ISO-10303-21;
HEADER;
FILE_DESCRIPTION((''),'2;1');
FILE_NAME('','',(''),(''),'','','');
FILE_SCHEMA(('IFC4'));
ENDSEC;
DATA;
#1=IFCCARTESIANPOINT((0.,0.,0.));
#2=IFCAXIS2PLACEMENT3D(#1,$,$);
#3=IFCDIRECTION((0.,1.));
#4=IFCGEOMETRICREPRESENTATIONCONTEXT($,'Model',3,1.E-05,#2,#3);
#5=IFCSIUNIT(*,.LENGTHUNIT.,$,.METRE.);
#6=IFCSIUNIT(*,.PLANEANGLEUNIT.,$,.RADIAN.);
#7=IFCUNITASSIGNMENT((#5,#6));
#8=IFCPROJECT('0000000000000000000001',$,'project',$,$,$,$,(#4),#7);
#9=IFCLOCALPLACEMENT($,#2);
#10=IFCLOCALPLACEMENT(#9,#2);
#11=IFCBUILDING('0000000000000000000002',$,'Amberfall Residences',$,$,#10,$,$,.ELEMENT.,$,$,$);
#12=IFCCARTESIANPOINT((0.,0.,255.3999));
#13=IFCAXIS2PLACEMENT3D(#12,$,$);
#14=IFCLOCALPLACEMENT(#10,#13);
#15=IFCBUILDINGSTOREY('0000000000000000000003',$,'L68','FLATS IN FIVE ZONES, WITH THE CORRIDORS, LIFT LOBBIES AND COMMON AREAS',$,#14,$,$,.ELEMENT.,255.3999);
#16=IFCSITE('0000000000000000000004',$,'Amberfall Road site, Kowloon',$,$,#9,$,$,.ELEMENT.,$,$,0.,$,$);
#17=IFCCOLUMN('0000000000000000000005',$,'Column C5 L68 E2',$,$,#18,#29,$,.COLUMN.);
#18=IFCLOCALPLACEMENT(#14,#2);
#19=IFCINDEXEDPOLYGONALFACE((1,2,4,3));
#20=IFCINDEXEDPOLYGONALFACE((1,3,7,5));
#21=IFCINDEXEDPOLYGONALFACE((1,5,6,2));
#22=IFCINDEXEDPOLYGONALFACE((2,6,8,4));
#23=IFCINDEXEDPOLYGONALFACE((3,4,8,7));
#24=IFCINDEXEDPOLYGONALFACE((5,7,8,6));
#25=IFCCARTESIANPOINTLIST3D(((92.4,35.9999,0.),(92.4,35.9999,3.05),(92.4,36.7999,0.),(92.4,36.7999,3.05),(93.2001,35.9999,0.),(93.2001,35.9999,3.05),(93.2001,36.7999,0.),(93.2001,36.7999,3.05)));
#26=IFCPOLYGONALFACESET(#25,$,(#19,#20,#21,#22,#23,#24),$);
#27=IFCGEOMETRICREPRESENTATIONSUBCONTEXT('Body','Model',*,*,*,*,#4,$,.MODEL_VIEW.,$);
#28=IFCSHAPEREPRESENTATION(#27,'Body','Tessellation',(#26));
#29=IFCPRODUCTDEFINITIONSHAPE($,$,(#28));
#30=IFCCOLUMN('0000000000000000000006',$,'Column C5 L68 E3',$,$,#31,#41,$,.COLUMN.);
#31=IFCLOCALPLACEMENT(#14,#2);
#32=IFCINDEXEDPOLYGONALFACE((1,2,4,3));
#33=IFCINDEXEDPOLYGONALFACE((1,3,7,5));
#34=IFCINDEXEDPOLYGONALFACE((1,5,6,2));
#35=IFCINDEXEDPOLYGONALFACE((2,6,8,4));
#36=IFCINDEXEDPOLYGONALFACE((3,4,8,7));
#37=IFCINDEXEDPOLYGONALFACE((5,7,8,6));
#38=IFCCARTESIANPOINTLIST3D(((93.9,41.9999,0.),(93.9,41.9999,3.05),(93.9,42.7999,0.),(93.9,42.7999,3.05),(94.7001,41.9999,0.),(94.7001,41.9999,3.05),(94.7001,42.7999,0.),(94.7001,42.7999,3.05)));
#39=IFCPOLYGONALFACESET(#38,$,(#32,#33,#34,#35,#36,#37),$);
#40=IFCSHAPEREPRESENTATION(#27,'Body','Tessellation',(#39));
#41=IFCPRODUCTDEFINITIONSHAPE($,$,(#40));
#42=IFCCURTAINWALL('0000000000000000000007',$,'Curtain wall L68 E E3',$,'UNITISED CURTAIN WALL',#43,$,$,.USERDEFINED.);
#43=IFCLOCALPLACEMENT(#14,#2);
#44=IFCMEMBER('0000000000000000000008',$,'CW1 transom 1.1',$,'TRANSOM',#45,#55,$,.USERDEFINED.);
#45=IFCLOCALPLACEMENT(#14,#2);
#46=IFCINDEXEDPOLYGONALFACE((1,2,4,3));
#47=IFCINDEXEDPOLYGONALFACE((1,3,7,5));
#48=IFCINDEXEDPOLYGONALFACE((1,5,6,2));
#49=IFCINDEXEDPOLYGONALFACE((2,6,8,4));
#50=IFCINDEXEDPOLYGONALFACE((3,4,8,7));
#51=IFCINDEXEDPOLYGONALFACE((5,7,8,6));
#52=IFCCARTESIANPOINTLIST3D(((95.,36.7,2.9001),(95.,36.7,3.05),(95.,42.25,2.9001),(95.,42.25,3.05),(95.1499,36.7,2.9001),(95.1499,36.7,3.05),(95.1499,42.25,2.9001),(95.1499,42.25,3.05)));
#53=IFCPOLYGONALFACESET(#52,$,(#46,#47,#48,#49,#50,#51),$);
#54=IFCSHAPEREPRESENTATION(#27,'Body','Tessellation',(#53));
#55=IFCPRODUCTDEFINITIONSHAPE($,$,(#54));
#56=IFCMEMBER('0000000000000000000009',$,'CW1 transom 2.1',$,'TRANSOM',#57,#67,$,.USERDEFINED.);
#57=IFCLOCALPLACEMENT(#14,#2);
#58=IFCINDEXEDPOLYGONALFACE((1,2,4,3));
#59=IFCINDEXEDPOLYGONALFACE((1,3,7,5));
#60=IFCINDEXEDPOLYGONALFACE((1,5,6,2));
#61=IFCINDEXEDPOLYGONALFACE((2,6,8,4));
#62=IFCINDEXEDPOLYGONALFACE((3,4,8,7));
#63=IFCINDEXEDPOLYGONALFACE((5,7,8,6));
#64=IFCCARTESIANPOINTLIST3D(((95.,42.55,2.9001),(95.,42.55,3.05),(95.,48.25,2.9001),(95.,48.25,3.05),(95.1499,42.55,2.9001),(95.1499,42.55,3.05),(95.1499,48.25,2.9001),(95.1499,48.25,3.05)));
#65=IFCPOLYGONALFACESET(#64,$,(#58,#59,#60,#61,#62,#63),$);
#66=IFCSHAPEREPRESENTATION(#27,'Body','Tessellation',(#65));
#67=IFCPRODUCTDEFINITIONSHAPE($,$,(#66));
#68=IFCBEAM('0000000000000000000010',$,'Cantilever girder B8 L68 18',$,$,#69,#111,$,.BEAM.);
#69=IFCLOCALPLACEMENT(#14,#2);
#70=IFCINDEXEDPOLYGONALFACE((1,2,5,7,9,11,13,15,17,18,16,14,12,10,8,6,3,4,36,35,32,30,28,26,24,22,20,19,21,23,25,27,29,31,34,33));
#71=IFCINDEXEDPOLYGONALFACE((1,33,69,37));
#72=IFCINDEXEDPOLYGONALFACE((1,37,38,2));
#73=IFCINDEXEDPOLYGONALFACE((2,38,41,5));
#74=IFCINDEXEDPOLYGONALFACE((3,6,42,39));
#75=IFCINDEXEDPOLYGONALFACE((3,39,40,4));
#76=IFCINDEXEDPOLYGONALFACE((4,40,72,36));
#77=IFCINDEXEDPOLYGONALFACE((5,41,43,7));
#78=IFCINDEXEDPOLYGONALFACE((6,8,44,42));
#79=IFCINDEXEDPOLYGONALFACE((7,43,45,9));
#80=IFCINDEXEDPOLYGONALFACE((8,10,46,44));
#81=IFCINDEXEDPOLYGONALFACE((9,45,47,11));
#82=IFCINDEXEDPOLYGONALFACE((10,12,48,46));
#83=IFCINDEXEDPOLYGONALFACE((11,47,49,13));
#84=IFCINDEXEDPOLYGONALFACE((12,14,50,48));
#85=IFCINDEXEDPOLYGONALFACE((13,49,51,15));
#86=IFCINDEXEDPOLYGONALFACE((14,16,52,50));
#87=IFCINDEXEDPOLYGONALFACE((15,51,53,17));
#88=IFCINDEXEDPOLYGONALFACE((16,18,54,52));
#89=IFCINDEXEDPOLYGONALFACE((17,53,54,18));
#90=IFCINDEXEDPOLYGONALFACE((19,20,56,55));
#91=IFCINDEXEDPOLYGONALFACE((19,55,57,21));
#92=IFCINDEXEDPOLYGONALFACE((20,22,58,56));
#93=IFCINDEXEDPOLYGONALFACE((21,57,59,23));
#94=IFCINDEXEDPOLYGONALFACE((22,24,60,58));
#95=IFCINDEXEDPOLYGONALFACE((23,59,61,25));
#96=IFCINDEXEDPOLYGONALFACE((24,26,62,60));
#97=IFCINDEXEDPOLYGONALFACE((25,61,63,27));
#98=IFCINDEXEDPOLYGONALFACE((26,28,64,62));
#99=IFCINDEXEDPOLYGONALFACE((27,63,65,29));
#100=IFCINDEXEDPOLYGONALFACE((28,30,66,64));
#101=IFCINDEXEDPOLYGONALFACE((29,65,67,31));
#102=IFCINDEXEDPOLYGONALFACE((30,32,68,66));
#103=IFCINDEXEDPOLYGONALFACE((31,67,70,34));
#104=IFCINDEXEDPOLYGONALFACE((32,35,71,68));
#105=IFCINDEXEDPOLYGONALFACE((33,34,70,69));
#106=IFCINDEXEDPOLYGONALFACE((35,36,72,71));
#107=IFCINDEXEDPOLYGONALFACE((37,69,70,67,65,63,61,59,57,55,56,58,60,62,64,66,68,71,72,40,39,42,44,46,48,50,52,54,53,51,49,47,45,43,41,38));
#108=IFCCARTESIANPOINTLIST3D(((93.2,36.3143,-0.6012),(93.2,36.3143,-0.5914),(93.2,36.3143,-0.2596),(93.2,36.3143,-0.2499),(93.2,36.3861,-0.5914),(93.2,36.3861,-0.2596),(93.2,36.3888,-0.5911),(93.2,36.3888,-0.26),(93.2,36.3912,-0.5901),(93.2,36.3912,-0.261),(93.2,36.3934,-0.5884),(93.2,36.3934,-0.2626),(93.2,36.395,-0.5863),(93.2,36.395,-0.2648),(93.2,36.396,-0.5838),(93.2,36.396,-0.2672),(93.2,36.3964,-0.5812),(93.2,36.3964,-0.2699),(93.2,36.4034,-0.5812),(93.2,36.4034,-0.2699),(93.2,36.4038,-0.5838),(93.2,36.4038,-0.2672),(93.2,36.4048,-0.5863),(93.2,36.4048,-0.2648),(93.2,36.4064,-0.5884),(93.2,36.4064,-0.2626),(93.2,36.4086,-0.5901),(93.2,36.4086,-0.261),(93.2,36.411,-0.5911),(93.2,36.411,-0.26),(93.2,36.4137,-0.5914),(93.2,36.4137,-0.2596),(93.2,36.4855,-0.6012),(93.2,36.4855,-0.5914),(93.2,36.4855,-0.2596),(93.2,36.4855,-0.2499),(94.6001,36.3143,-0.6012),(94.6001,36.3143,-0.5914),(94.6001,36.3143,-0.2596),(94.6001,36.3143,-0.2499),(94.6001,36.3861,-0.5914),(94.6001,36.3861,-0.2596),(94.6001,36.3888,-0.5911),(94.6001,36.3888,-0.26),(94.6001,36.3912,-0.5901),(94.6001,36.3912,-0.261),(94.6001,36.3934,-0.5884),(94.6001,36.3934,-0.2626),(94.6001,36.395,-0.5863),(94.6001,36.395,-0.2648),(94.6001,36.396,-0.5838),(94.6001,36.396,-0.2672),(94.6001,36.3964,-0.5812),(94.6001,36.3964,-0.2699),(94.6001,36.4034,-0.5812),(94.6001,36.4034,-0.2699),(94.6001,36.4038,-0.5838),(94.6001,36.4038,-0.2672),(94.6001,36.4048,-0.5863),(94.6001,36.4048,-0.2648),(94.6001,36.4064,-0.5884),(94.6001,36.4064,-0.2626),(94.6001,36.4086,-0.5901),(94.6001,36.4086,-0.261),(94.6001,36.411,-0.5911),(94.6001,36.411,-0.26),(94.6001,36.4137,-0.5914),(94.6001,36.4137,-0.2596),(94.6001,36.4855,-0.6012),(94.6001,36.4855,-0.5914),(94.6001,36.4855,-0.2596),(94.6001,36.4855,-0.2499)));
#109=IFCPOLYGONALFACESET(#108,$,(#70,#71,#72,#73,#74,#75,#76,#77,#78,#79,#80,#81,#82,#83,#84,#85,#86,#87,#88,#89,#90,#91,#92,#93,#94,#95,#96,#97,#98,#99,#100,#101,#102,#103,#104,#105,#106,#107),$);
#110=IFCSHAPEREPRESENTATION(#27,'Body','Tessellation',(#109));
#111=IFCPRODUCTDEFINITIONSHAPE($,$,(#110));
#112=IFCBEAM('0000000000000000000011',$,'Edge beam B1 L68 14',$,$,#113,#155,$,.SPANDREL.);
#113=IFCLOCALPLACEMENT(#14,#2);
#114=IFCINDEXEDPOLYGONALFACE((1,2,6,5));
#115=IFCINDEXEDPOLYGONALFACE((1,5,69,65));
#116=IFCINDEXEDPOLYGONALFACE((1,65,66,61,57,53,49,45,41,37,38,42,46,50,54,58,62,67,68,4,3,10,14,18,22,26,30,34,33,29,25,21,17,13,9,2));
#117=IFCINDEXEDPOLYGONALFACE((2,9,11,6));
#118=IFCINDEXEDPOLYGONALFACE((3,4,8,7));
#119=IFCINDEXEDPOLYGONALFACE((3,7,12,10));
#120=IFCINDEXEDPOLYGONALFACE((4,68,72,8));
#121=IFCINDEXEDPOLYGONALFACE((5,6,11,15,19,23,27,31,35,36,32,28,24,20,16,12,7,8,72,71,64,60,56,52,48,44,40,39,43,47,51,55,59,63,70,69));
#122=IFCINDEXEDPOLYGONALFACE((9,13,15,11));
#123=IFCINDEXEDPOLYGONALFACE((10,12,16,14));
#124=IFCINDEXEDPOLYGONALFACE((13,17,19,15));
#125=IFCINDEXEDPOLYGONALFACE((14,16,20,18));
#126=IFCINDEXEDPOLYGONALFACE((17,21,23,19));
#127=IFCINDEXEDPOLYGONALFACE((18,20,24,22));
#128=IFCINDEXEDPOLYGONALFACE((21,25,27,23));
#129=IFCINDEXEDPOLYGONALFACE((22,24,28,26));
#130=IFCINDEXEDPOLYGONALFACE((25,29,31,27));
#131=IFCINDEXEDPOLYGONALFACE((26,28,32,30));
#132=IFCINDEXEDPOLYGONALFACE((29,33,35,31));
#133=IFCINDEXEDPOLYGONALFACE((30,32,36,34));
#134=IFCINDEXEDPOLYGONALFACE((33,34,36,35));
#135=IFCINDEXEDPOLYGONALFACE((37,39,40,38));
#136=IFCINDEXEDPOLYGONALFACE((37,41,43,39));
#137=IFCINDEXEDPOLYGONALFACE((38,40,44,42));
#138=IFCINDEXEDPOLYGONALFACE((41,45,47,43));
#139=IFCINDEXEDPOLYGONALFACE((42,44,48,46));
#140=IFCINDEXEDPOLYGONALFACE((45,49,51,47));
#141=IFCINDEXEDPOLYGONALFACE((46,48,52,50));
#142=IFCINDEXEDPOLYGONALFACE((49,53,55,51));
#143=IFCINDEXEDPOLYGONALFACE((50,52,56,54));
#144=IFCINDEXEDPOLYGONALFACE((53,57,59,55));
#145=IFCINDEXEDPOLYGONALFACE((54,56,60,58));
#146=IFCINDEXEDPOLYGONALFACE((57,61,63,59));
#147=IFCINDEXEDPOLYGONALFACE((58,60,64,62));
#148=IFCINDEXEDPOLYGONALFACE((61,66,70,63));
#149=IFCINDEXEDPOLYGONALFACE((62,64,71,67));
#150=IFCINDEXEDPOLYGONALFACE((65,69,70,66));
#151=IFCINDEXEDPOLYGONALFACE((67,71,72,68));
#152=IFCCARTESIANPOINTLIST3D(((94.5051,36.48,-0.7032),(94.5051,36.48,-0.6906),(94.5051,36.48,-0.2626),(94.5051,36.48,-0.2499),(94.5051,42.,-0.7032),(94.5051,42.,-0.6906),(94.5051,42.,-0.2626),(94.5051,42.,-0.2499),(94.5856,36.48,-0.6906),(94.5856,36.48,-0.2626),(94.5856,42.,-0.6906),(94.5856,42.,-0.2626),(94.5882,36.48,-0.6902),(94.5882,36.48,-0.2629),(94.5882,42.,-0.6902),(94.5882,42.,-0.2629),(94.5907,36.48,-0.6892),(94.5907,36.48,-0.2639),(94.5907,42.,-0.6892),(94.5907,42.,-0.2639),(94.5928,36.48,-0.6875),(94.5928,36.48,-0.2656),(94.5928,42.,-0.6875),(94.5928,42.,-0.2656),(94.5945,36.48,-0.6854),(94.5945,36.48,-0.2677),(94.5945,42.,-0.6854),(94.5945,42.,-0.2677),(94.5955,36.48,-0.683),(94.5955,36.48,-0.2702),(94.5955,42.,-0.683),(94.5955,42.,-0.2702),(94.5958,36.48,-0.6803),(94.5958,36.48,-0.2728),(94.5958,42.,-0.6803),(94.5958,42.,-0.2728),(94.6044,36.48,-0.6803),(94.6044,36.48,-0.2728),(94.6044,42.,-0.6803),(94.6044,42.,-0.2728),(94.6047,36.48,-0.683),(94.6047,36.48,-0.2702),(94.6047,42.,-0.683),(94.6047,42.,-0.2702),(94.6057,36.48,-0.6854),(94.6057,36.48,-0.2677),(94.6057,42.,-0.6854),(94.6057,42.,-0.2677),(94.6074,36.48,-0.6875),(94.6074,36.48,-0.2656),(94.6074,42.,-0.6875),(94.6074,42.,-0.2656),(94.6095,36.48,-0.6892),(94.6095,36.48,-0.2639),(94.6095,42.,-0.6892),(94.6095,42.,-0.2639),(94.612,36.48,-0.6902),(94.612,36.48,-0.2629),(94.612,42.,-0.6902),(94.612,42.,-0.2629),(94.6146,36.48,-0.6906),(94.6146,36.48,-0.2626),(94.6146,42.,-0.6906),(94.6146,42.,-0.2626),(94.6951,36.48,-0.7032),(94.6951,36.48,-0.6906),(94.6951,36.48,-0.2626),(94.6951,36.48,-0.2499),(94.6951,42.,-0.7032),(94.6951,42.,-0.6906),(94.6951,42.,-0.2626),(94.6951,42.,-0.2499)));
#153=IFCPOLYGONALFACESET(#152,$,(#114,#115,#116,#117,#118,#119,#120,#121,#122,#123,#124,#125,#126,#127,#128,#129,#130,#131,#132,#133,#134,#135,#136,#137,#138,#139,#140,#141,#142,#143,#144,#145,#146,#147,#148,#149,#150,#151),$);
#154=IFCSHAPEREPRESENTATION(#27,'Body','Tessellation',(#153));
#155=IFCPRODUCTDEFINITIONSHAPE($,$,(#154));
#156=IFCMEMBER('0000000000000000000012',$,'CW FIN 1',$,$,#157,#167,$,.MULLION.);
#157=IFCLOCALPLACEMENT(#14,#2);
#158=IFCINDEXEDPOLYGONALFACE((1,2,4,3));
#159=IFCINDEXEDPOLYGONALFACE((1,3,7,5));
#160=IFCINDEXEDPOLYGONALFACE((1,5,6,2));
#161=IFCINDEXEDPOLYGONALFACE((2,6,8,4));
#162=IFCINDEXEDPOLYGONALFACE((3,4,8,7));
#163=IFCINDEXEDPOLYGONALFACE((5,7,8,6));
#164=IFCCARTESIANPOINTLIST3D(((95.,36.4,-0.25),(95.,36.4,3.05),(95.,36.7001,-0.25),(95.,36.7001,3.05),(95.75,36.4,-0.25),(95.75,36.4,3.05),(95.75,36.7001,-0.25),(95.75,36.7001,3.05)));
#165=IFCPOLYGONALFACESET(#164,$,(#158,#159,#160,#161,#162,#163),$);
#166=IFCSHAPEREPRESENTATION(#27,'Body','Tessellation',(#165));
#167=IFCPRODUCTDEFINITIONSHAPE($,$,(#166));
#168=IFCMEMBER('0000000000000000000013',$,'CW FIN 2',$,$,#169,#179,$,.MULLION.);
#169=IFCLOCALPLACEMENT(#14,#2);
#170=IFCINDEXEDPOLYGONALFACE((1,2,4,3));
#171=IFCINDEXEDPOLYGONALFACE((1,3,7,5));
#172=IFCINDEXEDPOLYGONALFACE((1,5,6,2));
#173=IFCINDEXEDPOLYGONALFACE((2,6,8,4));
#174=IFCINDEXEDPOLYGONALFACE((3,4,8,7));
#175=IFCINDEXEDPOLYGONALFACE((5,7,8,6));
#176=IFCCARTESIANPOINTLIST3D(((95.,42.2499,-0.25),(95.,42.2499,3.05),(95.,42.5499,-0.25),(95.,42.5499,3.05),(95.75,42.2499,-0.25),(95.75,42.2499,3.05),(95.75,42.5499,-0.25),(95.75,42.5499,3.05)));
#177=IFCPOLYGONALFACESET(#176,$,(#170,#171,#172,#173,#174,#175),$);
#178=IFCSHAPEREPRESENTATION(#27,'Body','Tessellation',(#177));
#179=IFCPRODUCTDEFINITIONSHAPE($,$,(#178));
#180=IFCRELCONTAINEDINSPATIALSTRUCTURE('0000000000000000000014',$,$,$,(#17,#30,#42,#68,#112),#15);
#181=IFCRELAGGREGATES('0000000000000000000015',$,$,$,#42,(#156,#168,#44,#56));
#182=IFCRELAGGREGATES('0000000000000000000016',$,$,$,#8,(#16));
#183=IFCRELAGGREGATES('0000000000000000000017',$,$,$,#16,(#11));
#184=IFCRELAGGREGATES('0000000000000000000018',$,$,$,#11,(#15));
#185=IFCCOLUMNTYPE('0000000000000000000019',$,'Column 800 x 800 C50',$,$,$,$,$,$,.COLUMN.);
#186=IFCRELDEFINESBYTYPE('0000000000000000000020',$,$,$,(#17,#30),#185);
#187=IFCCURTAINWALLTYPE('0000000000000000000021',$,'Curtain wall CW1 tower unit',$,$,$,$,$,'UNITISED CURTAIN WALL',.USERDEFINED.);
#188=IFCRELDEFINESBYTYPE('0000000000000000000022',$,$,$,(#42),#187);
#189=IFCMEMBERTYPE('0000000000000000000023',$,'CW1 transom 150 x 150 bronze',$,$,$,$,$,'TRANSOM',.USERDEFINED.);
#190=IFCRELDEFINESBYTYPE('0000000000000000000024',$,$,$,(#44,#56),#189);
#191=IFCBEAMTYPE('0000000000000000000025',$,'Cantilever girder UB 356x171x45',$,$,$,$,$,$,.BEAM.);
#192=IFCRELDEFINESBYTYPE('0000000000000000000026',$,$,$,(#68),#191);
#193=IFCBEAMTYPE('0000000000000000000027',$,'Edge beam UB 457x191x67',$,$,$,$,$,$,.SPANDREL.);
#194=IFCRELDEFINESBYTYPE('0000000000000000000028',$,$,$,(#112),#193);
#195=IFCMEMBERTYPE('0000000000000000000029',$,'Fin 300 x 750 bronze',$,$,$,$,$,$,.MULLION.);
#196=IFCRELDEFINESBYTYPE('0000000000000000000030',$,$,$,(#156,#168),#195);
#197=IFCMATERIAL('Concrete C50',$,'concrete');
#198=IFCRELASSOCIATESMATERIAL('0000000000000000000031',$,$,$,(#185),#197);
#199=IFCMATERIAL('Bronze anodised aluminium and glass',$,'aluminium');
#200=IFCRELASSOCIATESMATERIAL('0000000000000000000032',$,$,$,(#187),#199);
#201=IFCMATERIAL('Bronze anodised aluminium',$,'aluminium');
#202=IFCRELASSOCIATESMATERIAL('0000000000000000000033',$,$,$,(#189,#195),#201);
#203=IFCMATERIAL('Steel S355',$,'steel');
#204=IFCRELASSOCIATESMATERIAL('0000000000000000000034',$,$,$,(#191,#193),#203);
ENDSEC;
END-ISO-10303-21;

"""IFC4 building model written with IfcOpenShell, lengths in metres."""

from ifc_helpers import new_model, si_unit, direction, frame, origin, origin_2d, place, context, subcontext, project, spatial, rectangle, i_section, extrude, material, material_profile, profile_set, type_object, element, aggregate, save


model = new_model("IFC4")

# Units and contexts
model_context = context("Model", 3, precision=1e-05, world=origin(), true_north=direction((0.0, 1.0)))
body_context = subcontext(model_context, "Body", "Model", "MODEL_VIEW")
ifc_project = project(units=[si_unit("LENGTHUNIT", "METRE"), si_unit("PLANEANGLEUNIT", "RADIAN")], contexts=[model_context])

# Site, building, storey
site_placement = place(None, origin())
site = spatial("IfcSite", under=ifc_project, at=site_placement, Name="Amberfall Road site, Kowloon", CompositionType="ELEMENT", RefElevation=0.0)
building_placement = place(site_placement, origin())
building = spatial("IfcBuilding", under=site, at=building_placement, Name="Amberfall Residences", CompositionType="ELEMENT")
storey_placement = place(building_placement, frame((0.0, 0.0, 255.3999)))
storey = spatial("IfcBuildingStorey", under=building, at=storey_placement, Name="L68", Description="FLATS IN FIVE ZONES, WITH THE CORRIDORS, LIFT LOBBIES AND COMMON AREAS", CompositionType="ELEMENT", Elevation=255.3999)

# Columns
ifc_material_1 = material(Name="Concrete C50", Category="concrete")
ifc_material_profile_1 = material_profile(ifc_material_1, rectangle(XDim=0.8, YDim=0.8, at=origin_2d()), Name="Column 800 x 800 C50")
ifc_profile_set_1 = profile_set([ifc_material_profile_1], Name="Concrete C50")
column_type = type_object("IfcColumnType", Name="Column 800 x 800 C50", PredefinedType="COLUMN", material=ifc_profile_set_1)
for number, where, z_axis, x_axis, name in (
    (1, (92.8, 36.3999, 0.0), (0.0, 0.0, 1.0), (1.0, 0.0, 0.0), "Column C5 L68 E2"),
    (2, (94.3, 42.3999, 0.0), (0.0, 0.0, 1.0), (1.0, 0.0, 0.0), "Column C5 L68 E3"),
):
    element("IfcColumn", number, at=place(storey_placement, frame(where, z_axis=z_axis, x_axis=x_axis)), inside=storey, type_object=column_type, Name=name, PredefinedType="COLUMN", context=body_context, shape_type="SweptSolid", body=[
        extrude(rectangle(XDim=0.8, YDim=0.8, at=origin_2d()), origin(), (0.0, 0.0, 1.0), 3.05),
    ])

# Curtain wall, members
ifc_material_2 = material(Name="Bronze anodised aluminium and glass", Category="aluminium")
curtain_wall_type = type_object("IfcCurtainWallType", Name="Curtain wall CW1 tower unit", ElementType="UNITISED CURTAIN WALL", PredefinedType="USERDEFINED", material=ifc_material_2)
curtain_wall_placement = place(storey_placement, origin())
curtain_wall = element("IfcCurtainWall", 3, at=curtain_wall_placement, inside=storey, type_object=curtain_wall_type, Name="Curtain wall L68 E E3", ObjectType="UNITISED CURTAIN WALL", PredefinedType="USERDEFINED")
ifc_material_3 = material(Name="Bronze anodised aluminium", Category="aluminium")
ifc_material_profile_2 = material_profile(ifc_material_3, rectangle(XDim=0.1499, YDim=0.1499, at=origin_2d()), Name="CW1 transom 150 x 150 bronze")
ifc_profile_set_2 = profile_set([ifc_material_profile_2], Name="Bronze anodised aluminium")
member_type_1 = type_object("IfcMemberType", Name="CW1 transom 150 x 150 bronze", ElementType="TRANSOM", PredefinedType="USERDEFINED", material=ifc_profile_set_2)
member_1_placement = place(storey_placement, frame((95.075, 36.7, 2.9751), z_axis=(0.0, 1.0, 0.0), x_axis=(-1.0, 0.0, 0.0)))
member_1 = element("IfcMember", 4, at=member_1_placement, type_object=member_type_1, Name="CW1 transom 1.1", ObjectType="TRANSOM", PredefinedType="USERDEFINED", context=body_context, shape_type="SweptSolid", body=[
    extrude(rectangle(XDim=0.1499, YDim=0.1499, at=origin_2d()), origin(), (0.0, 0.0, 1.0), 5.55),
])
member_2_placement = place(storey_placement, frame((95.075, 42.55, 2.9751), z_axis=(0.0, 1.0, 0.0), x_axis=(-1.0, 0.0, 0.0)))
member_2 = element("IfcMember", 5, at=member_2_placement, type_object=member_type_1, Name="CW1 transom 2.1", ObjectType="TRANSOM", PredefinedType="USERDEFINED", context=body_context, shape_type="SweptSolid", body=[
    extrude(rectangle(XDim=0.1499, YDim=0.1499, at=origin_2d()), origin(), (0.0, 0.0, 1.0), 5.7),
])

# Beams
ifc_material_4 = material(Name="Steel S355", Category="steel")
ifc_material_profile_3 = material_profile(ifc_material_4, i_section(OverallWidth=0.1711, OverallDepth=0.3513, WebThickness=0.0071, FlangeThickness=0.0098, FilletRadius=0.0103, at=origin_2d()), Name="UB 356x171x45")
ifc_profile_set_3 = profile_set([ifc_material_profile_3], Name="Steel S355")
beam_type_1 = type_object("IfcBeamType", Name="Cantilever girder UB 356x171x45", PredefinedType="BEAM", material=ifc_profile_set_3)
beam_1_placement = place(storey_placement, frame((93.2, 36.3999, -0.4255), z_axis=(1.0, 0.0, 0.0), x_axis=(0.0, 1.0, 0.0)))
element("IfcBeam", 6, at=beam_1_placement, inside=storey, type_object=beam_type_1, Name="Cantilever girder B8 L68 18", PredefinedType="BEAM", context=body_context, shape_type="SweptSolid", body=[
    extrude(i_section(OverallWidth=0.1711, OverallDepth=0.3513, WebThickness=0.0071, FlangeThickness=0.0098, FilletRadius=0.0103, at=origin_2d()), origin(), (0.0, 0.0, 1.0), 1.4001),
])
ifc_material_profile_4 = material_profile(ifc_material_4, i_section(OverallWidth=0.1899, OverallDepth=0.4534, WebThickness=0.0085, FlangeThickness=0.0127, FilletRadius=0.0103, at=origin_2d()), Name="UB 457x191x67")
ifc_profile_set_4 = profile_set([ifc_material_profile_4], Name="Steel S355")
beam_type_2 = type_object("IfcBeamType", Name="Edge beam UB 457x191x67", PredefinedType="SPANDREL", material=ifc_profile_set_4)
beam_2_placement = place(storey_placement, frame((94.6001, 36.48, -0.4766), z_axis=(0.0, 1.0, 0.0), x_axis=(-1.0, 0.0, 0.0)))
element("IfcBeam", 7, at=beam_2_placement, inside=storey, type_object=beam_type_2, Name="Edge beam B1 L68 14", PredefinedType="SPANDREL", context=body_context, shape_type="SweptSolid", body=[
    extrude(i_section(OverallWidth=0.1899, OverallDepth=0.4534, WebThickness=0.0085, FlangeThickness=0.0127, FilletRadius=0.0103, at=origin_2d()), origin(), (0.0, 0.0, 1.0), 5.52),
])

# Members
ifc_material_profile_5 = material_profile(ifc_material_3, rectangle(XDim=0.75, YDim=0.3, at=origin_2d()), Name="Fin 300 x 750 bronze")
ifc_profile_set_5 = profile_set([ifc_material_profile_5], Name="Bronze anodised aluminium")
member_type_2 = type_object("IfcMemberType", Name="Fin 300 x 750 bronze", PredefinedType="MULLION", material=ifc_profile_set_5)
member_3_placement = place(storey_placement, frame((95.375, 36.55, -0.25), z_axis=(0.0, 0.0, 1.0), x_axis=(-1.0, 0.0, 0.0)))
member_3 = element("IfcMember", 8, at=member_3_placement, type_object=member_type_2, Name="CW FIN 1", PredefinedType="MULLION", context=body_context, shape_type="SweptSolid", body=[
    extrude(rectangle(XDim=0.75, YDim=0.3, at=origin_2d()), origin(), (0.0, 0.0, 1.0), 3.3),
])
member_4_placement = place(storey_placement, frame((95.375, 42.3999, -0.25), z_axis=(0.0, 0.0, 1.0), x_axis=(-1.0, 0.0, 0.0)))
member_4 = element("IfcMember", 9, at=member_4_placement, type_object=member_type_2, Name="CW FIN 2", PredefinedType="MULLION", context=body_context, shape_type="SweptSolid", body=[
    extrude(rectangle(XDim=0.75, YDim=0.3, at=origin_2d()), origin(), (0.0, 0.0, 1.0), 3.3),
])

aggregate(curtain_wall, [member_3, member_4, member_1, member_2])

save(model, "model.ifc")
